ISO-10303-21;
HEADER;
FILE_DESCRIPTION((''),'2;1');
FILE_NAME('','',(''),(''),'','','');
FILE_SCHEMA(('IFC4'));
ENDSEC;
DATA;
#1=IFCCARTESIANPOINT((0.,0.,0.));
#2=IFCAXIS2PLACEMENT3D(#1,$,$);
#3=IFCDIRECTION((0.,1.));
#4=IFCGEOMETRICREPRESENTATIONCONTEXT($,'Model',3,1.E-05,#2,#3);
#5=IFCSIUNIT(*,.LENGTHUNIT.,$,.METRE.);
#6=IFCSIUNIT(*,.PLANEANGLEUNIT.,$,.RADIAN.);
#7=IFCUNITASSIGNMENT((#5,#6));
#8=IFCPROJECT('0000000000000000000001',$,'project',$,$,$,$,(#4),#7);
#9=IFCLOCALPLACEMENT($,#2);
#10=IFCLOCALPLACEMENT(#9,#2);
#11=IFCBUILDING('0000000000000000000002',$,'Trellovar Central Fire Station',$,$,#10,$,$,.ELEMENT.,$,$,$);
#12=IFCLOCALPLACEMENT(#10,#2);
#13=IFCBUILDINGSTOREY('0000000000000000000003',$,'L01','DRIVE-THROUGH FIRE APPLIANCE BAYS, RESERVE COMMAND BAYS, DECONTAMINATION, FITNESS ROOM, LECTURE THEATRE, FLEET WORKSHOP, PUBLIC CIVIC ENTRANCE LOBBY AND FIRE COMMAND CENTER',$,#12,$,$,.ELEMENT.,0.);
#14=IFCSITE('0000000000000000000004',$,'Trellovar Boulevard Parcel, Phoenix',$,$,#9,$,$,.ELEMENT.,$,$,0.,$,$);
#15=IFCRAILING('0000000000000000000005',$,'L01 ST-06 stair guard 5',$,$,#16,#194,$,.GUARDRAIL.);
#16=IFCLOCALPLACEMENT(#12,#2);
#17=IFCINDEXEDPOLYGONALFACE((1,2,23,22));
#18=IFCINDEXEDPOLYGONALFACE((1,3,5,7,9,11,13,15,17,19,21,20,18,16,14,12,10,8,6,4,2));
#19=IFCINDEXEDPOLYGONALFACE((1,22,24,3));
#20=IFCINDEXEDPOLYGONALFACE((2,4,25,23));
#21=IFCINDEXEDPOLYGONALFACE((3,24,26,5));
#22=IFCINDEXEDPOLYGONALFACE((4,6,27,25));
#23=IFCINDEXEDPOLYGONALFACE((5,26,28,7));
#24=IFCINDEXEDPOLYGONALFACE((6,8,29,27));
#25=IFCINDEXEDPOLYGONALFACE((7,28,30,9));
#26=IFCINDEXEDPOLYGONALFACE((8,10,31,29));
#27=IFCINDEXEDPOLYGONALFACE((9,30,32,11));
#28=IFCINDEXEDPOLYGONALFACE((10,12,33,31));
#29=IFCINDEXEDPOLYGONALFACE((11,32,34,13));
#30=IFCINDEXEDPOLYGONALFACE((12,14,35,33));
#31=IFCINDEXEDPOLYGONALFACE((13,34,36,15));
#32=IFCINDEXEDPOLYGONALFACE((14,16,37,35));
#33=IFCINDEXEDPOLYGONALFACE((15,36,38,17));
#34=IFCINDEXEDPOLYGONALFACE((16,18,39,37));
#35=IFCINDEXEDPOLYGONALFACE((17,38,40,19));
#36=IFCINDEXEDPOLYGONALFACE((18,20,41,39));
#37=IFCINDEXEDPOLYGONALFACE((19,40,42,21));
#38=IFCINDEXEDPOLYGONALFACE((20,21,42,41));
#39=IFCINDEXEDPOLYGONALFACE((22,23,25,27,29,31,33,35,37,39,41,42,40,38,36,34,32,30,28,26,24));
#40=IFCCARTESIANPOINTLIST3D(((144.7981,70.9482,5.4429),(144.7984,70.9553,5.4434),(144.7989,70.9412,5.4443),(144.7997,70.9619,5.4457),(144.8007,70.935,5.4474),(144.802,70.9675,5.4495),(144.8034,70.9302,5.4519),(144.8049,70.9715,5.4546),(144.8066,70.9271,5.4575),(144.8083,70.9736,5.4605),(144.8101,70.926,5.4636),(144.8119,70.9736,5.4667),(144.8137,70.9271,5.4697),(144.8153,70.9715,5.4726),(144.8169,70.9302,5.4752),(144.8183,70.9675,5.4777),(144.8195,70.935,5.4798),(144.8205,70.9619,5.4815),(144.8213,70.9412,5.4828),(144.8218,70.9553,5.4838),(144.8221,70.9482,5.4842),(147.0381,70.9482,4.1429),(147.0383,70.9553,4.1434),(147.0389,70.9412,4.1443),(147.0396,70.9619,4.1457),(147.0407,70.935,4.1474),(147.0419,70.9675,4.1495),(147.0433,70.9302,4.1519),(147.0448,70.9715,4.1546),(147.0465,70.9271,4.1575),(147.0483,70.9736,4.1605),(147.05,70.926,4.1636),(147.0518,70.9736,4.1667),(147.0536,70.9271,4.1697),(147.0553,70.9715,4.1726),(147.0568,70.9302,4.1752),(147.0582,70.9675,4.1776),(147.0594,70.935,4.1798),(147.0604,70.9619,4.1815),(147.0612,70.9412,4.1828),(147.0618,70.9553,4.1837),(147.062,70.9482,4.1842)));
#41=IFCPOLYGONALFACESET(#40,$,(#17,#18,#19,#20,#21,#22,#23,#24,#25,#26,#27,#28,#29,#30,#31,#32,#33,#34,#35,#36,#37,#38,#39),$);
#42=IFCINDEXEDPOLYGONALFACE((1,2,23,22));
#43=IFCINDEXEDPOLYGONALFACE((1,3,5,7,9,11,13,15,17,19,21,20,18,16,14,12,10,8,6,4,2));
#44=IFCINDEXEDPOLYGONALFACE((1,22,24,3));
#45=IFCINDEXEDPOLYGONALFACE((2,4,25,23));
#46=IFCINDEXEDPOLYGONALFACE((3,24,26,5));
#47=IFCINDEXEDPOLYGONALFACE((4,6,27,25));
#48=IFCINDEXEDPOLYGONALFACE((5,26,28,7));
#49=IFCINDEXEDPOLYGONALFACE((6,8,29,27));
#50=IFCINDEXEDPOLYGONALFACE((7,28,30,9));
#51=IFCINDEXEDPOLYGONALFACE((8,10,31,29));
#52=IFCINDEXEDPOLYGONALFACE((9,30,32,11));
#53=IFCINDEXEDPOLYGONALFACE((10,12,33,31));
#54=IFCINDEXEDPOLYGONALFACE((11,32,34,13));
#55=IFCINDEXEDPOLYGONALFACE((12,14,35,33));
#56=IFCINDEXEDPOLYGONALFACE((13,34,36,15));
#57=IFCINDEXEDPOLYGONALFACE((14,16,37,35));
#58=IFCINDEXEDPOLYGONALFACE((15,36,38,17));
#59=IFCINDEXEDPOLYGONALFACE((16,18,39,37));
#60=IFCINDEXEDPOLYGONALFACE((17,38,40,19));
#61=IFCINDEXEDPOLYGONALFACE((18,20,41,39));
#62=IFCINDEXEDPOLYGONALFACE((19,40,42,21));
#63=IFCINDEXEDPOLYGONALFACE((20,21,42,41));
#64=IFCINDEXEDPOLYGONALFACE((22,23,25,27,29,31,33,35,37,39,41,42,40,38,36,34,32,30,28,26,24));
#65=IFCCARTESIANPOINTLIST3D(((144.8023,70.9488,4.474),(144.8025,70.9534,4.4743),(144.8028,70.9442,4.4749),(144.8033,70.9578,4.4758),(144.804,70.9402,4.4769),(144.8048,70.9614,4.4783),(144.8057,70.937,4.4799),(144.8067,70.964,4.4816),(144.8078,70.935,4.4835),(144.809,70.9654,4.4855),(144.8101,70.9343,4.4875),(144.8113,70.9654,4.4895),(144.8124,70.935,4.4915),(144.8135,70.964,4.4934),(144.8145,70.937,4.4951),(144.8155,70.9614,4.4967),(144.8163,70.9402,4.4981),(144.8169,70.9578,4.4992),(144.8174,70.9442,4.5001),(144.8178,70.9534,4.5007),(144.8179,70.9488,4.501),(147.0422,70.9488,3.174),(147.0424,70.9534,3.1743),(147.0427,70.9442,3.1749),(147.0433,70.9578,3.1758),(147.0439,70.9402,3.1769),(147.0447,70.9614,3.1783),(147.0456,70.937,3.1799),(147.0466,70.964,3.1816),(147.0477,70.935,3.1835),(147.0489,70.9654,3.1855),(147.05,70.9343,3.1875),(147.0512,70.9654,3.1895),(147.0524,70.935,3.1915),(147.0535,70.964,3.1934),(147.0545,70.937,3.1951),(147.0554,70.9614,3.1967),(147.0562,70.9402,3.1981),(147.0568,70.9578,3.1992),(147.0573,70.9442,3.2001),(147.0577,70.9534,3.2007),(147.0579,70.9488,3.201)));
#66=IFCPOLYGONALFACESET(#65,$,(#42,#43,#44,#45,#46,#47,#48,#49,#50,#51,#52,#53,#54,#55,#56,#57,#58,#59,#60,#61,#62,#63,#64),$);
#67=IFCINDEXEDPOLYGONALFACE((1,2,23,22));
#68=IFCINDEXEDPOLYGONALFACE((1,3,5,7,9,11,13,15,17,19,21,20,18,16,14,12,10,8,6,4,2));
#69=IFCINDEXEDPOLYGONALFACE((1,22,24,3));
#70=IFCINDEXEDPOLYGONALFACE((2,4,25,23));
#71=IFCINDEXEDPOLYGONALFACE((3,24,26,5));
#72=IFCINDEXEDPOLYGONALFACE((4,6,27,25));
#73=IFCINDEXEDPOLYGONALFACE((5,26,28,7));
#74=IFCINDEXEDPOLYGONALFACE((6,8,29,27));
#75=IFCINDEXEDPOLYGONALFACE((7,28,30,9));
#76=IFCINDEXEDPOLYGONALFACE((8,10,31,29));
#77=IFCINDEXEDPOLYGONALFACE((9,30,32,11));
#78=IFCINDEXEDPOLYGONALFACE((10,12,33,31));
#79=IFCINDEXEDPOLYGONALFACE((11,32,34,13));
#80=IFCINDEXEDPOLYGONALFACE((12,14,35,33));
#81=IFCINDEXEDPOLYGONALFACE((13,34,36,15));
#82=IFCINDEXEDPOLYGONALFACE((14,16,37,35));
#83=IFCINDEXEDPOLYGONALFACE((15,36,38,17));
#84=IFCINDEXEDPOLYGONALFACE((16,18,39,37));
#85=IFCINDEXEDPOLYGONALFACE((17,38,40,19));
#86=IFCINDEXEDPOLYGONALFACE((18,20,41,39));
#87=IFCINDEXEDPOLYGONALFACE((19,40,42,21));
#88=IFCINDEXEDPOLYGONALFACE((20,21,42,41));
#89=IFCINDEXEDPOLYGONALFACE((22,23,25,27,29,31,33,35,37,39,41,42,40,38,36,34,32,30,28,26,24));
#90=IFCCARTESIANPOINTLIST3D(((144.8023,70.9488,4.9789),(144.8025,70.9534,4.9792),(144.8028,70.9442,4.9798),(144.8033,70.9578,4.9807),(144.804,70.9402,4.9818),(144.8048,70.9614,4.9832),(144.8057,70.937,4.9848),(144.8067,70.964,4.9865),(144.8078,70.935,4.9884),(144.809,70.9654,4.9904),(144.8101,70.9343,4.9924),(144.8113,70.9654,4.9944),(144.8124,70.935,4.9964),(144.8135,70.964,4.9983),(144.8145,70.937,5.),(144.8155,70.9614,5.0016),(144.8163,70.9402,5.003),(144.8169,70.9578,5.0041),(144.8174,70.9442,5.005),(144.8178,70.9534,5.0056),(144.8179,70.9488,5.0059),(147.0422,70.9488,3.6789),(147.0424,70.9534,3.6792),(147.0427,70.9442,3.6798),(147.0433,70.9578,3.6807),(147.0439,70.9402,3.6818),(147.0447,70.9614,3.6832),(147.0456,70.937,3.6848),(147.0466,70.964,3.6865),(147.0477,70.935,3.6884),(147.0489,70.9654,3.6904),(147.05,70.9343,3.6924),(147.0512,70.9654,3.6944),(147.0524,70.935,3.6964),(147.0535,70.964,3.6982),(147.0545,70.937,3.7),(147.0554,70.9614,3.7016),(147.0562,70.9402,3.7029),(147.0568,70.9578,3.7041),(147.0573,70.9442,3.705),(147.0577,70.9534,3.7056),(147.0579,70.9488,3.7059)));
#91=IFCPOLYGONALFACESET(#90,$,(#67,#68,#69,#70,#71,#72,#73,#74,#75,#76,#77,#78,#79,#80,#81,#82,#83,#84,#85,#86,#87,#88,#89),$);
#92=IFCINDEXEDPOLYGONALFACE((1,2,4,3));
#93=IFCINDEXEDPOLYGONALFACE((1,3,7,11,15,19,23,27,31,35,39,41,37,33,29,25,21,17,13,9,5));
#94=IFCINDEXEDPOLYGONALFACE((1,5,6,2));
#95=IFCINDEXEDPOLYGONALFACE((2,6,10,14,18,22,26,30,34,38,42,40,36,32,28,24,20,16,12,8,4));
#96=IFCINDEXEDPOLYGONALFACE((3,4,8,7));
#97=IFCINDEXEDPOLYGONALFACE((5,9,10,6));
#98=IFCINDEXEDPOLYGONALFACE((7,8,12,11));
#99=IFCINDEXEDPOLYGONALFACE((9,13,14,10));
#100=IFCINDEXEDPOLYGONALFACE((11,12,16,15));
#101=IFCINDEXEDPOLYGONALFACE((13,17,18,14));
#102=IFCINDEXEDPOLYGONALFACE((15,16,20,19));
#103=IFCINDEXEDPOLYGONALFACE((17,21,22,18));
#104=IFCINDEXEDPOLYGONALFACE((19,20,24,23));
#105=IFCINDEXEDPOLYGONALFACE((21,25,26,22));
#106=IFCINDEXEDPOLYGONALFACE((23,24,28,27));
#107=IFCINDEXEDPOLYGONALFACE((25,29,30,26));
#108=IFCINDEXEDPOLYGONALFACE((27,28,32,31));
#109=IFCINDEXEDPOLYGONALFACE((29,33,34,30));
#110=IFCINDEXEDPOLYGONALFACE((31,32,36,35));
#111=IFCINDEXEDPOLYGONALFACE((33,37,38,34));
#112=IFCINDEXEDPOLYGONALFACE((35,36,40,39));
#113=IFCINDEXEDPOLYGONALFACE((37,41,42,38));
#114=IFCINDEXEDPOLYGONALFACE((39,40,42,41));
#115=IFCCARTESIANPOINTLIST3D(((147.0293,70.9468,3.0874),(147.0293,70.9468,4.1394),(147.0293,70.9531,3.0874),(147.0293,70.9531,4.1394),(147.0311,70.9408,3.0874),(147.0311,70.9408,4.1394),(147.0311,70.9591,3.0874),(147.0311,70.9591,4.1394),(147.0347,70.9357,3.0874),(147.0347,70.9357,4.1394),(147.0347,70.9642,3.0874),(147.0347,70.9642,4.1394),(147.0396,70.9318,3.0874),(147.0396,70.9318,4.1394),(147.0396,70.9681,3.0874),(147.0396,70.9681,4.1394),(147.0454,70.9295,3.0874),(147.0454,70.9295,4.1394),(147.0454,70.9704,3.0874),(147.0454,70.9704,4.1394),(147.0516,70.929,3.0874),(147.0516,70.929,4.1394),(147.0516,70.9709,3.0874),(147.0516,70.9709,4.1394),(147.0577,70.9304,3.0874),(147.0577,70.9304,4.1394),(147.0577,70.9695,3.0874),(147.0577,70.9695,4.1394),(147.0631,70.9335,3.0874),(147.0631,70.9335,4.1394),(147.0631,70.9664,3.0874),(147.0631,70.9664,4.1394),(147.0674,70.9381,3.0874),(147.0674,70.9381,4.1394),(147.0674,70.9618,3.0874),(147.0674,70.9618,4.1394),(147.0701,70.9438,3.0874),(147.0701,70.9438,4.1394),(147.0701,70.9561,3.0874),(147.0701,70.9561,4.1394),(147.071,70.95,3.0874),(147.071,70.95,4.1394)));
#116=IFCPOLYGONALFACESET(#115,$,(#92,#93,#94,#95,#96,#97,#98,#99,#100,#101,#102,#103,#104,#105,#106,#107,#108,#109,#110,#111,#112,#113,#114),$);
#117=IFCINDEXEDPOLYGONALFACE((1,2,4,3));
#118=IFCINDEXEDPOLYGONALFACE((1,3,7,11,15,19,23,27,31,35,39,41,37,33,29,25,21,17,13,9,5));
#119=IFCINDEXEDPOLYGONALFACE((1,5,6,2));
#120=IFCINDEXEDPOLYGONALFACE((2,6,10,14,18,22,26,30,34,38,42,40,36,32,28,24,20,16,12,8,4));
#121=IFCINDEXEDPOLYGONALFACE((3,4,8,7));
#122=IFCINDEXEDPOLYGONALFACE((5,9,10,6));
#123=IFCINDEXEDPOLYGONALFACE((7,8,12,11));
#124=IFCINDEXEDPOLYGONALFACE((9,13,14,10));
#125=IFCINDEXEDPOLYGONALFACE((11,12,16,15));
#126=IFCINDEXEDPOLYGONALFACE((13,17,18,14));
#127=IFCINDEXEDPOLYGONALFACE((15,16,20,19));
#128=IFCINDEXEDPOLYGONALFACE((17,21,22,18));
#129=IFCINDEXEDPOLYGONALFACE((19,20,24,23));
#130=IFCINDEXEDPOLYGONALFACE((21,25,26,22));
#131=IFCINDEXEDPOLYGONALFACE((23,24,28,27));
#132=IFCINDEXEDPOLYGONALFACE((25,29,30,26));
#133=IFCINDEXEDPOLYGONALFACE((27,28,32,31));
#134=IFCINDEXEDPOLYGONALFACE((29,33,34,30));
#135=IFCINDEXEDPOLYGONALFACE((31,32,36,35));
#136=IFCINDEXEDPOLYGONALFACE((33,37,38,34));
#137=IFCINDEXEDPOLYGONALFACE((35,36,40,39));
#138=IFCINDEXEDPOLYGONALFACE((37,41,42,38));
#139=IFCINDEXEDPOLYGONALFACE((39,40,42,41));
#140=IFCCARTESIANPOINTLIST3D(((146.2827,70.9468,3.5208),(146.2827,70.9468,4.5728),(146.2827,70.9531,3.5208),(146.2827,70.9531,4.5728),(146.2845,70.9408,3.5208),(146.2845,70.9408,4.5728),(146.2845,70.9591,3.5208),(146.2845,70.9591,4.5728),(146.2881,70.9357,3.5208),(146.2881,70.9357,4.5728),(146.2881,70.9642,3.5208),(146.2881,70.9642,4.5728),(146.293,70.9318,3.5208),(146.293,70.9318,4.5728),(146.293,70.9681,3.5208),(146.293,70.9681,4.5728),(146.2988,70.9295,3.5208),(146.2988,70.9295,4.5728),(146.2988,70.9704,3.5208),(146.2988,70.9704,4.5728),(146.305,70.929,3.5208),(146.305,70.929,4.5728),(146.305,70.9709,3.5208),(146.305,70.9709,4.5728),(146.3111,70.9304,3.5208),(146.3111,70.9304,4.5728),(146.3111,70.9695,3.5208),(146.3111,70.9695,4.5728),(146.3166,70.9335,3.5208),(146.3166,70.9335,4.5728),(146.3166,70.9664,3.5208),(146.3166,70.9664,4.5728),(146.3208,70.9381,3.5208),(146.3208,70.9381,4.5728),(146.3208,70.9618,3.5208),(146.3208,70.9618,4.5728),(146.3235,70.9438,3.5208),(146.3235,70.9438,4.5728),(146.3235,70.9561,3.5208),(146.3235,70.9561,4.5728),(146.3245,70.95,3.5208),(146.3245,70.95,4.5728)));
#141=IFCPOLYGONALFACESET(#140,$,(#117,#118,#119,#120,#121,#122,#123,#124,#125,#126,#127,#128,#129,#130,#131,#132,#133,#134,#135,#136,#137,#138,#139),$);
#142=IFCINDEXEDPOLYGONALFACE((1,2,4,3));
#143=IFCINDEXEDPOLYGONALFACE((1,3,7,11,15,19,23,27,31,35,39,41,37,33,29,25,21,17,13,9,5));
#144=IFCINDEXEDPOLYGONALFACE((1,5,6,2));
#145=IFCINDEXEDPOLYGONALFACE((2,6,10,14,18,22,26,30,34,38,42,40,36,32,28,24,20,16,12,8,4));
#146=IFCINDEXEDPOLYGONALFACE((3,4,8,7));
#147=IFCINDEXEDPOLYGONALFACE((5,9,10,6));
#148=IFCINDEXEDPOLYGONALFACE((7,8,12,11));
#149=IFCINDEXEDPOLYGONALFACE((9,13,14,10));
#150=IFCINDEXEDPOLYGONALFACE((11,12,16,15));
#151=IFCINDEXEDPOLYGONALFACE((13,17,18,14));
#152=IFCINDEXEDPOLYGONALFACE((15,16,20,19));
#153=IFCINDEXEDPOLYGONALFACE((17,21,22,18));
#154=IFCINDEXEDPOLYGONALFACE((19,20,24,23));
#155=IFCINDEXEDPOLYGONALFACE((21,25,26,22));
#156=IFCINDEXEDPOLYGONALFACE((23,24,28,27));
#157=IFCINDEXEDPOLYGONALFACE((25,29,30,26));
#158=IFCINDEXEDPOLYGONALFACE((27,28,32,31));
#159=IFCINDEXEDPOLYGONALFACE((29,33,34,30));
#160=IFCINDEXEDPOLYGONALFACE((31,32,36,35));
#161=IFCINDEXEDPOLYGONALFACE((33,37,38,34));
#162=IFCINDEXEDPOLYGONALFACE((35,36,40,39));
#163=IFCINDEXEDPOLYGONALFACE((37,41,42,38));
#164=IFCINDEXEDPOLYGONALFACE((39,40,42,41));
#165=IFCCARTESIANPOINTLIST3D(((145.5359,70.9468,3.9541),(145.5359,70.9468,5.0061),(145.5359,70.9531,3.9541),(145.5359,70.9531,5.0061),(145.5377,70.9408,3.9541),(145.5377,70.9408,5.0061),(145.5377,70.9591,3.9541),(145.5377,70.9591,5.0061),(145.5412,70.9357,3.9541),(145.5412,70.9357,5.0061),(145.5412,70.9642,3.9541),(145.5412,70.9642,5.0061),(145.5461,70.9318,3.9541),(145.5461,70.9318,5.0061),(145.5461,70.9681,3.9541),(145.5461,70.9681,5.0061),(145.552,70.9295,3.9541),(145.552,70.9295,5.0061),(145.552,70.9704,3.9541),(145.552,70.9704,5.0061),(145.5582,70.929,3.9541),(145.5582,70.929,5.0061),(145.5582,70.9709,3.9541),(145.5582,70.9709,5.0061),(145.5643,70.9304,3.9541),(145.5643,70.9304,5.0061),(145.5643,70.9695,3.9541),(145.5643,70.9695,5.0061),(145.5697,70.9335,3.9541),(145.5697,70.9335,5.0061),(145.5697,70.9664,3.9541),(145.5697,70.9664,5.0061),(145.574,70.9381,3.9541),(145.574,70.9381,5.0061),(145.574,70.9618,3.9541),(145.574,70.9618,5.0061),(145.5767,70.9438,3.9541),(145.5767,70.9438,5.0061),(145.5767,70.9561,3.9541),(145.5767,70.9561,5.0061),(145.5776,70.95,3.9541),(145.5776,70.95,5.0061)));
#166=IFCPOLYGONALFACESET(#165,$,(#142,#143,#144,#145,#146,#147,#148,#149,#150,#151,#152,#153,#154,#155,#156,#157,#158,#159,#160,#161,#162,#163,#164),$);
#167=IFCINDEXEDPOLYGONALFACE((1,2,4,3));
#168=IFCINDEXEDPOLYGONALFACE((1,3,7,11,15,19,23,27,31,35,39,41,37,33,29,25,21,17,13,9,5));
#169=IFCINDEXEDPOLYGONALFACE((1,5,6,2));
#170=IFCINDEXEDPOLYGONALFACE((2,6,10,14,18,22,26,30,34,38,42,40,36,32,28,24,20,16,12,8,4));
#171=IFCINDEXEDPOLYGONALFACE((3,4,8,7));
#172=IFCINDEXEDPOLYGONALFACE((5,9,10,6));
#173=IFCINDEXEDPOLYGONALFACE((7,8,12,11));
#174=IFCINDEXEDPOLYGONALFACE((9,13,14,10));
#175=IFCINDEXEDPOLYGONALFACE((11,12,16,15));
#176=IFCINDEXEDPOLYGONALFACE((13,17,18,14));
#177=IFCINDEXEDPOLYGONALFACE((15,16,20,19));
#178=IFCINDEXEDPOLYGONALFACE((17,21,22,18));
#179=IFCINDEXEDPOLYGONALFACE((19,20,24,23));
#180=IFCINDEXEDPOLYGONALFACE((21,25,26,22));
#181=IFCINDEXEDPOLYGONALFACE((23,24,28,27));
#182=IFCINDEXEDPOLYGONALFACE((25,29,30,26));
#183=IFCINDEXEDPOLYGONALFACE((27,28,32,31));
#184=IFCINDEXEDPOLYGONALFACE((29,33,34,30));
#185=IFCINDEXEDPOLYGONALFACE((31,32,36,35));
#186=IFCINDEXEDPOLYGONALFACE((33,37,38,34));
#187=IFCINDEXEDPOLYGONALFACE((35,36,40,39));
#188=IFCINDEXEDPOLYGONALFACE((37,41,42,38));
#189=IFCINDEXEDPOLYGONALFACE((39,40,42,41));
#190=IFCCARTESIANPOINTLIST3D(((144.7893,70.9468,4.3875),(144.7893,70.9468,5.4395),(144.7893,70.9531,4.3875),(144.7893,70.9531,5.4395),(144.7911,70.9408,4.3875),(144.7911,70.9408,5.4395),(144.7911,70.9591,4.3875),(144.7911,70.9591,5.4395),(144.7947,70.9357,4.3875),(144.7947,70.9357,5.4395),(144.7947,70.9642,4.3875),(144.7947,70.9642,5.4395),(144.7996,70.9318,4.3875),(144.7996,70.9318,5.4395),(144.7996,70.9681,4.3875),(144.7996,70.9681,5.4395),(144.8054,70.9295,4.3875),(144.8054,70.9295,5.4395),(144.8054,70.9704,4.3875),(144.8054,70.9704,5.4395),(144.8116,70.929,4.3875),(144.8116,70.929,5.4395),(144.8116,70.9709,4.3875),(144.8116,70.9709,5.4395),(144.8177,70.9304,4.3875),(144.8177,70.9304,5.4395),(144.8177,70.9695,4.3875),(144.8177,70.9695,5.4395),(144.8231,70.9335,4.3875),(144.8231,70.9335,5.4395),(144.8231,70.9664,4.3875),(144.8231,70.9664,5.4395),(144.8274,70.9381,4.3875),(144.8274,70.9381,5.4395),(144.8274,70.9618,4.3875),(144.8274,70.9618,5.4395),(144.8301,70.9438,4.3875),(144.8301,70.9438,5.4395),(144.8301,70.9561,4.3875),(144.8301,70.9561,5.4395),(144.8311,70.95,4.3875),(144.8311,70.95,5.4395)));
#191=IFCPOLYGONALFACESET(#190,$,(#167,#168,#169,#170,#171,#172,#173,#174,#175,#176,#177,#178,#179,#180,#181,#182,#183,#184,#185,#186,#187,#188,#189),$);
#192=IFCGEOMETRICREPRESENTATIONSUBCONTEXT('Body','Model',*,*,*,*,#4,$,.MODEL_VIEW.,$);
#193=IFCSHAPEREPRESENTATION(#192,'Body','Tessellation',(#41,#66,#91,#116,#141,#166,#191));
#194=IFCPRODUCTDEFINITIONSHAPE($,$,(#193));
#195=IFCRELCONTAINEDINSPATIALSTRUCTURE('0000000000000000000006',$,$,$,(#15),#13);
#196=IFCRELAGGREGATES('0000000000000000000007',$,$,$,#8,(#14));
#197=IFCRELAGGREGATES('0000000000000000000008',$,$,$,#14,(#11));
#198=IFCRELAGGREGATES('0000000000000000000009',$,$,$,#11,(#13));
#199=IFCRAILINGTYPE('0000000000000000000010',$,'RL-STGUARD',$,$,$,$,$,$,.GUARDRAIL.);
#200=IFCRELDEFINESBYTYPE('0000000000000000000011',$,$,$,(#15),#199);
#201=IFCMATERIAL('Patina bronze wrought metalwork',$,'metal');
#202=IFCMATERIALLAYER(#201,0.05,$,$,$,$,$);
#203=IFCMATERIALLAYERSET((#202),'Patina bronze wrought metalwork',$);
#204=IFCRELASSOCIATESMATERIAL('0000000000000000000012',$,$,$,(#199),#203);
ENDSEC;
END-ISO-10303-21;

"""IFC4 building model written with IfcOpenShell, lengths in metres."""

from ifc_helpers import new_model, si_unit, direction, frame, origin, origin_2d, place, context, subcontext, project, spatial, circle, extrude, material, layer, layer_set, type_object, element, save


model = new_model("IFC4")

# Units and contexts
model_context = context("Model", 3, precision=1e-05, world=origin(), true_north=direction((0.0, 1.0)))
body_context = subcontext(model_context, "Body", "Model", "MODEL_VIEW")
ifc_project = project(units=[si_unit("LENGTHUNIT", "METRE"), si_unit("PLANEANGLEUNIT", "RADIAN")], contexts=[model_context])

# Site, building, storey
site_placement = place(None, origin())
site = spatial("IfcSite", under=ifc_project, at=site_placement, Name="Trellovar Boulevard Parcel, Phoenix", CompositionType="ELEMENT", RefElevation=0.0)
building_placement = place(site_placement, origin())
building = spatial("IfcBuilding", under=site, at=building_placement, Name="Trellovar Central Fire Station", CompositionType="ELEMENT")
storey_placement = place(building_placement, origin())
storey = spatial("IfcBuildingStorey", under=building, at=storey_placement, Name="L01", Description="DRIVE-THROUGH FIRE APPLIANCE BAYS, RESERVE COMMAND BAYS, DECONTAMINATION, FITNESS ROOM, LECTURE THEATRE, FLEET WORKSHOP, PUBLIC CIVIC ENTRANCE LOBBY AND FIRE COMMAND CENTER", CompositionType="ELEMENT", Elevation=0.0)

# Railing
ifc_material_1 = material(Name="Patina bronze wrought metalwork", Category="metal")
ifc_layer_1 = layer(ifc_material_1, 0.05)
ifc_layer_set_1 = layer_set([ifc_layer_1], Name="Patina bronze wrought metalwork")
railing_type_1 = type_object("IfcRailingType", Name="RL-STGUARD", PredefinedType="GUARDRAIL", material=ifc_layer_set_1)
railing_1_placement = place(storey_placement, frame((147.05, 70.95, 3.0874)))
element("IfcRailing", 1, at=railing_1_placement, inside=storey, type_object=railing_type_1, Name="L01 ST-06 stair guard 5", PredefinedType="GUARDRAIL", context=body_context, shape_type="SweptSolid", body=[
    extrude(circle(Radius=0.0239, at=origin_2d()), frame((0.0, 0.0, 1.0762), z_axis=(-0.864888, 0.0, 0.501965), x_axis=(0.0, -1.0, 0.0)), (0.0, 0.0, 1.0), 2.5898),
    extrude(circle(Radius=0.0156, at=origin_2d()), frame((0.0, 0.0, 0.1001), z_axis=(-0.864888, 0.0, 0.501965), x_axis=(0.0, -1.0, 0.0)), (0.0, 0.0, 1.0), 2.5898),
    extrude(circle(Radius=0.0156, at=origin_2d()), frame((0.0, 0.0, 0.605), z_axis=(-0.864888, 0.0, 0.501965), x_axis=(0.0, -1.0, 0.0)), (0.0, 0.0, 1.0), 2.5898),
    extrude(circle(Radius=0.021, at=origin_2d()), origin(), (0.0, 0.0, 1.0), 1.052),
    extrude(circle(Radius=0.021, at=origin_2d()), frame((-0.7466, 0.0, 0.4333)), (0.0, 0.0, 1.0), 1.052),
    extrude(circle(Radius=0.021, at=origin_2d()), frame((-1.4934, 0.0, 0.8667)), (0.0, 0.0, 1.0), 1.052),
    extrude(circle(Radius=0.021, at=origin_2d()), frame((-2.24, 0.0, 1.3)), (0.0, 0.0, 1.0), 1.052),
])

save(model, "model.ifc")
